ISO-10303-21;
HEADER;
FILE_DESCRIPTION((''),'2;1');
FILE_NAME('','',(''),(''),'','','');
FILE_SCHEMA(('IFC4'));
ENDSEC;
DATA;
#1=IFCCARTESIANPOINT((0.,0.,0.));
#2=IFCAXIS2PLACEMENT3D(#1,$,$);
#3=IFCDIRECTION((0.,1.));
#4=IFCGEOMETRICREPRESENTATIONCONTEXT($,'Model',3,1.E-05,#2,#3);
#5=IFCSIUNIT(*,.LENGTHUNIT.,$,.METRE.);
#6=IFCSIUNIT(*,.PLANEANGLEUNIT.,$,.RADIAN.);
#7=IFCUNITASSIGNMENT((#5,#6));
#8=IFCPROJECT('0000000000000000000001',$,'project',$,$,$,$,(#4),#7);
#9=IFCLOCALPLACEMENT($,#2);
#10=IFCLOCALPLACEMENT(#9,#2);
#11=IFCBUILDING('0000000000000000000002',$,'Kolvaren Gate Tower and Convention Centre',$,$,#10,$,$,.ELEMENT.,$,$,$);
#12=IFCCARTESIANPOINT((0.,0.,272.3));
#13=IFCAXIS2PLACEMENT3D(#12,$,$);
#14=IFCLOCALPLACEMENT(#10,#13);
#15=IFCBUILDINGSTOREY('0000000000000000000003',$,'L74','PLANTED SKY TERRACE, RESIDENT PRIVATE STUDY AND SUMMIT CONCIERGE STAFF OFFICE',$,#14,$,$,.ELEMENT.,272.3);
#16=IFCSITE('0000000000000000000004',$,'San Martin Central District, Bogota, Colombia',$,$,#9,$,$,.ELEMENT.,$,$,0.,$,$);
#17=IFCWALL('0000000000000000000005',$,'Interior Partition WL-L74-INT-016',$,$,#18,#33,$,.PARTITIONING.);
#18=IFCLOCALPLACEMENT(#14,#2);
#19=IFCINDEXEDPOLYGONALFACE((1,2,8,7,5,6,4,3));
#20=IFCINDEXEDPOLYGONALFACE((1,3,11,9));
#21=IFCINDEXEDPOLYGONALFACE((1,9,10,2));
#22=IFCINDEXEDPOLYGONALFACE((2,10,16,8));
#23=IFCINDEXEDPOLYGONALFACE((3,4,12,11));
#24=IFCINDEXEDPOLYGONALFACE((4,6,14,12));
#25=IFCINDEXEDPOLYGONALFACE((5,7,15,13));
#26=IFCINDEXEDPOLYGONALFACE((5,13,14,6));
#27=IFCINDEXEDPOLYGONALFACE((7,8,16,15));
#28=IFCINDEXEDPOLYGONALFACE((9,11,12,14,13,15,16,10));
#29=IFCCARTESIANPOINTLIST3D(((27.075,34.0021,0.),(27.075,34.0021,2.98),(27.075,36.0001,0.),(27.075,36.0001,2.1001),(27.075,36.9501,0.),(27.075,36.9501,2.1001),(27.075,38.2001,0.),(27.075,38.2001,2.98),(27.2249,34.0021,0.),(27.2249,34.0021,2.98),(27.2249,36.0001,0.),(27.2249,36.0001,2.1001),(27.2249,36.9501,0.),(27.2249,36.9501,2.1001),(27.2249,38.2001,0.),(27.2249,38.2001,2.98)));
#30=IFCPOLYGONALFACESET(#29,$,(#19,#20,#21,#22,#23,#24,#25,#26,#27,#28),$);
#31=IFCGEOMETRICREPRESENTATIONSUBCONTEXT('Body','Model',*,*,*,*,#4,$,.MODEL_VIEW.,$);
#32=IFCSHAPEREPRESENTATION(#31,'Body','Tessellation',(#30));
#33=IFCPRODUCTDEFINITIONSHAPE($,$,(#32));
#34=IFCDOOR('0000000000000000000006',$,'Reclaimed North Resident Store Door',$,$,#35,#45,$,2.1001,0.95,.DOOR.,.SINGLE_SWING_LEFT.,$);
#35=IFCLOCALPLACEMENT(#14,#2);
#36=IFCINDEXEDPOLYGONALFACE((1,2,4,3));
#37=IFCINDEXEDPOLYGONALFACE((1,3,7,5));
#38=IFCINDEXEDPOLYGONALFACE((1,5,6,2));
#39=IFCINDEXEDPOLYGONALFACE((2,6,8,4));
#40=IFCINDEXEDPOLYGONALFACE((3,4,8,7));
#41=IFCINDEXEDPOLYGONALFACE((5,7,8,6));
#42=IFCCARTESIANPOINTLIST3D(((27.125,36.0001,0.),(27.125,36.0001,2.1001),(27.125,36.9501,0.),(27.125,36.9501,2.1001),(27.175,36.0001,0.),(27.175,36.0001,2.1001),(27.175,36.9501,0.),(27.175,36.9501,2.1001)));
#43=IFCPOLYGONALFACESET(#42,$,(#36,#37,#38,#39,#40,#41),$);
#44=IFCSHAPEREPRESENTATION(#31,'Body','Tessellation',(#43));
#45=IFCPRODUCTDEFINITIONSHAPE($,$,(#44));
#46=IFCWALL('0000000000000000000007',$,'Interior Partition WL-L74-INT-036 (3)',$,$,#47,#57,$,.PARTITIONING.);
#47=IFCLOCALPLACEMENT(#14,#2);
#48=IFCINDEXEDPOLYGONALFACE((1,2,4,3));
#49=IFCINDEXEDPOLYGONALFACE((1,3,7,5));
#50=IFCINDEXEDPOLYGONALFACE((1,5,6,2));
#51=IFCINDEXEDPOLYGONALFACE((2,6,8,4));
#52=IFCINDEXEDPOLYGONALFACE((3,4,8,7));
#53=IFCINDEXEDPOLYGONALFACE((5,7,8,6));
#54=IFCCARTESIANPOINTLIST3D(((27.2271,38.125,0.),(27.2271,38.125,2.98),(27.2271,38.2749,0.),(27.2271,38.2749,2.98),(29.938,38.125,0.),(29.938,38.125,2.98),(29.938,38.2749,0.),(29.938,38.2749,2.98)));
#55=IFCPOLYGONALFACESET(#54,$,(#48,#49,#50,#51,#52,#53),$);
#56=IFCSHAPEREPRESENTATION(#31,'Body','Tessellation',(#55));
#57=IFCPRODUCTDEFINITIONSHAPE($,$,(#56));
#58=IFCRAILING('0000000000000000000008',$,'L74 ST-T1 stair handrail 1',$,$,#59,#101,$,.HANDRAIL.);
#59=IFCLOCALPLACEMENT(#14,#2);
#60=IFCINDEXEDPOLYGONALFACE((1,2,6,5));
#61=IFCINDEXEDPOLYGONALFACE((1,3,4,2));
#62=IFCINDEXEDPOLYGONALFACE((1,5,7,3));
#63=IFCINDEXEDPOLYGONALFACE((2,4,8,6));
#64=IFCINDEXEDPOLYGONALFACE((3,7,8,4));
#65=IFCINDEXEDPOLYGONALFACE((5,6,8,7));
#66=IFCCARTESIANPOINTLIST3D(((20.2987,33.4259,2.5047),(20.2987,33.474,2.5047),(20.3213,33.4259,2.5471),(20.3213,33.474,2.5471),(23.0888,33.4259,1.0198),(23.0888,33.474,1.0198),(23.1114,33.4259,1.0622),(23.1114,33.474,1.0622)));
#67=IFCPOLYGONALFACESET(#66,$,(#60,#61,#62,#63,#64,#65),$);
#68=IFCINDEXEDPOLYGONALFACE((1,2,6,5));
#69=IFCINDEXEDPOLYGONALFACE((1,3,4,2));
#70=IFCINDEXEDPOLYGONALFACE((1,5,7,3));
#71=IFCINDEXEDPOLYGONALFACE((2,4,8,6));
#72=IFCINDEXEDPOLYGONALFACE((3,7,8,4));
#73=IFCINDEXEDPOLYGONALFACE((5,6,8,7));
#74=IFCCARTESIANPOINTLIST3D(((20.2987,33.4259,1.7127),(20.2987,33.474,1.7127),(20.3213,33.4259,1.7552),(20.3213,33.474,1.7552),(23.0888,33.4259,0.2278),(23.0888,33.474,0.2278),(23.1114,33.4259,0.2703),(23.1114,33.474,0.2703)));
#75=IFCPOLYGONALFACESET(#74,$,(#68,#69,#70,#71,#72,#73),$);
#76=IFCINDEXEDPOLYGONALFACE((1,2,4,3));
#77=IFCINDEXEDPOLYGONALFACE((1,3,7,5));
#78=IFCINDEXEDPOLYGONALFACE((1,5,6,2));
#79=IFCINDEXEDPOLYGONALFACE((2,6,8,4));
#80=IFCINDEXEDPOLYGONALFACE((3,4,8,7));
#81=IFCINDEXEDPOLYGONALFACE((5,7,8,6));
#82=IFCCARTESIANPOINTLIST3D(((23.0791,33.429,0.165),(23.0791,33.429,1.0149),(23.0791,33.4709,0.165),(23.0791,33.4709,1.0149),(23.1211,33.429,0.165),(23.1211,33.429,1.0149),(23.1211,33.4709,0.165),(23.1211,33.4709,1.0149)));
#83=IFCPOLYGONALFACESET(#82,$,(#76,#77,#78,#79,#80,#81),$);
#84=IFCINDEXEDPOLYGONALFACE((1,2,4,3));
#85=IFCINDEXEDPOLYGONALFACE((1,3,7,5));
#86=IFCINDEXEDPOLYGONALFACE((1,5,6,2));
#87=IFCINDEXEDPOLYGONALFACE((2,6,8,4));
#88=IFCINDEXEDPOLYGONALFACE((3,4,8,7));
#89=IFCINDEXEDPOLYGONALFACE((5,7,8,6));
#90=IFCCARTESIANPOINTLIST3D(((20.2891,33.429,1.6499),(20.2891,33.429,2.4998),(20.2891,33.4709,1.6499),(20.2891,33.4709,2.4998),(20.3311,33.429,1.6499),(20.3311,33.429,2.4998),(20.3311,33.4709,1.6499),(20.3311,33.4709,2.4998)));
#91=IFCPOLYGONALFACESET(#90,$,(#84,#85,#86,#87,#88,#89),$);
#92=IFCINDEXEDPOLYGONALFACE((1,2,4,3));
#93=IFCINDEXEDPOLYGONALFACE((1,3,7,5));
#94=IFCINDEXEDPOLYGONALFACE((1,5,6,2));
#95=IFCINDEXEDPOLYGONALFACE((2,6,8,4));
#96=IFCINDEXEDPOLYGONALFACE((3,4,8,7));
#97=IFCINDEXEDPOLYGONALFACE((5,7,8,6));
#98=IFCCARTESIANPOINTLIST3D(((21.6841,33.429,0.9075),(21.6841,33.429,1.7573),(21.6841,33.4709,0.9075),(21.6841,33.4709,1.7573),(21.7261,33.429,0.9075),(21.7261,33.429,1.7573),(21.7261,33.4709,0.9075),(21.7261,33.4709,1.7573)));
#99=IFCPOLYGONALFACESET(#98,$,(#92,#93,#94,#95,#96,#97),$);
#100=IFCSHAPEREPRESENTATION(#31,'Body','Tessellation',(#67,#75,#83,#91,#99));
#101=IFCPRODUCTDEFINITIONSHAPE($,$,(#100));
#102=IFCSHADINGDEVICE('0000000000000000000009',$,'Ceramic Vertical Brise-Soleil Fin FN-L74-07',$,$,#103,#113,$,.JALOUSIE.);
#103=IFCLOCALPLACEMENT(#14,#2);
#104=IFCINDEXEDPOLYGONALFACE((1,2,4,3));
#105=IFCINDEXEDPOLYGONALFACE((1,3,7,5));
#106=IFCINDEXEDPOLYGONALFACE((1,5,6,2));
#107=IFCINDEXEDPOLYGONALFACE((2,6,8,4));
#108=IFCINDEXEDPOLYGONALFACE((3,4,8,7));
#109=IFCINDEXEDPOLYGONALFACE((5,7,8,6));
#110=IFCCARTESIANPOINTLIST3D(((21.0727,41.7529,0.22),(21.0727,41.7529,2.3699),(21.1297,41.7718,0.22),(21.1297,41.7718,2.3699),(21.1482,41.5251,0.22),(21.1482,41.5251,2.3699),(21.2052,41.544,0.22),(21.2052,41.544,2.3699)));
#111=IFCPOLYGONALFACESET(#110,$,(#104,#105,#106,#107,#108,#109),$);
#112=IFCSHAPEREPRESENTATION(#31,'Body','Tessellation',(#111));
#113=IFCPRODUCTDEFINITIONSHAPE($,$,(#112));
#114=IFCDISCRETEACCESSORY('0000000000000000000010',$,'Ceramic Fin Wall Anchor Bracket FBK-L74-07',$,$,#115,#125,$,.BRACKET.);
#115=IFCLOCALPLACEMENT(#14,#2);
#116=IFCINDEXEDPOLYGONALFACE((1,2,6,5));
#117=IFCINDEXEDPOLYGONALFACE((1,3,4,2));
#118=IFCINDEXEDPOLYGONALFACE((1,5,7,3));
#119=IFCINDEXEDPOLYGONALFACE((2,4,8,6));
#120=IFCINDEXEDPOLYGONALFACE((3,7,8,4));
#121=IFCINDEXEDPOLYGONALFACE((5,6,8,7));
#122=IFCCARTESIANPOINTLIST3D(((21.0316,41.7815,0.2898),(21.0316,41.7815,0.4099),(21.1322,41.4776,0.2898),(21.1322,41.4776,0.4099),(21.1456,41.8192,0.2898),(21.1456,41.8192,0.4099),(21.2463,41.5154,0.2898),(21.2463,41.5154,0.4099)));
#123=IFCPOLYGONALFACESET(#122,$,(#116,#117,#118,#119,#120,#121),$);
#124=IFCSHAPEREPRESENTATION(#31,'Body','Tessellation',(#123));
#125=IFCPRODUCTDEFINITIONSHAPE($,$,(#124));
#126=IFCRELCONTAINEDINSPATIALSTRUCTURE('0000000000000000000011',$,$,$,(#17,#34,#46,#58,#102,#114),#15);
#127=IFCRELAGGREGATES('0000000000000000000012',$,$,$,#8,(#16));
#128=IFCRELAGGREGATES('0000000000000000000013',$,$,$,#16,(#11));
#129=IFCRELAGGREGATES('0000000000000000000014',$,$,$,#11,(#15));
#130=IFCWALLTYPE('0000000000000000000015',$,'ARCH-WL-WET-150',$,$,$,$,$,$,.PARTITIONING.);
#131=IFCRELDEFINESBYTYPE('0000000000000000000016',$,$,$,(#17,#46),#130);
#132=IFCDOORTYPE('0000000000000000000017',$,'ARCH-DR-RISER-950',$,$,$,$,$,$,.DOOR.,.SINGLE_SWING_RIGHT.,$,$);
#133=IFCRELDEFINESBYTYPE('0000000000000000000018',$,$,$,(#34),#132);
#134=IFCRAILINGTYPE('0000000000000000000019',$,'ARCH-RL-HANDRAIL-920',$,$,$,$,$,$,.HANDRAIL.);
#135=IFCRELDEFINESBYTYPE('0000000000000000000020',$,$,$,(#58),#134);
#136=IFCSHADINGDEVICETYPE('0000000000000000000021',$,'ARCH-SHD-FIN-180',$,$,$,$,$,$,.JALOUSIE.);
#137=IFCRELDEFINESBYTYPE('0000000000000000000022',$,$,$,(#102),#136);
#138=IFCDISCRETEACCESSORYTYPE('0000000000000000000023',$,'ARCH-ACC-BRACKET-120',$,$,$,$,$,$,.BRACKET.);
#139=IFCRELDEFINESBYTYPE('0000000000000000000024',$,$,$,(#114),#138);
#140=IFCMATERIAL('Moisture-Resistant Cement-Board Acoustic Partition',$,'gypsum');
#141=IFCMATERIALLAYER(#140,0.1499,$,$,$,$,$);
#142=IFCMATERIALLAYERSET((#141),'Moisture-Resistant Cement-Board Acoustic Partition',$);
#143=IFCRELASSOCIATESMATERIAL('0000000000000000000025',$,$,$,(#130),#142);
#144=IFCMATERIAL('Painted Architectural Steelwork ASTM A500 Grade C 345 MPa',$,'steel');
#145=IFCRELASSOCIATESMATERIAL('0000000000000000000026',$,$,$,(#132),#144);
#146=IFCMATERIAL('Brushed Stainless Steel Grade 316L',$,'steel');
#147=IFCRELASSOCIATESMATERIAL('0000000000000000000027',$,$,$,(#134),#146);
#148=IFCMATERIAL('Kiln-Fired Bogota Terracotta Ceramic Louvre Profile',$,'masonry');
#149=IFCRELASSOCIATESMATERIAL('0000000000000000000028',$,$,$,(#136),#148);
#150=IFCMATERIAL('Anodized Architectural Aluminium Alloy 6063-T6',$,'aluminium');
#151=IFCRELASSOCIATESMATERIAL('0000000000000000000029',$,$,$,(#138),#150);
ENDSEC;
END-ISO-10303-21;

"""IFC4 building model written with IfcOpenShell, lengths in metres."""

from ifc_helpers import new_model, si_unit, direction, frame, frame_2d, origin, origin_2d, place, context, subcontext, project, spatial, rectangle, extrude, material, layer, layer_set, type_object, element, fill, save


model = new_model("IFC4")

# Units and contexts
model_context = context("Model", 3, precision=1e-05, world=origin(), true_north=direction((0.0, 1.0)))
body_context = subcontext(model_context, "Body", "Model", "MODEL_VIEW")
ifc_project = project(units=[si_unit("LENGTHUNIT", "METRE"), si_unit("PLANEANGLEUNIT", "RADIAN")], contexts=[model_context])

# Site, building, storey
site_placement = place(None, origin())
site = spatial("IfcSite", under=ifc_project, at=site_placement, Name="San Martin Central District, Bogota, Colombia", CompositionType="ELEMENT", RefElevation=0.0)
building_placement = place(site_placement, origin())
building = spatial("IfcBuilding", under=site, at=building_placement, Name="Kolvaren Gate Tower and Convention Centre", CompositionType="ELEMENT")
storey_placement = place(building_placement, frame((0.0, 0.0, 272.3)))
storey = spatial("IfcBuildingStorey", under=building, at=storey_placement, Name="L74", Description="PLANTED SKY TERRACE, RESIDENT PRIVATE STUDY AND SUMMIT CONCIERGE STAFF OFFICE", CompositionType="ELEMENT", Elevation=272.3)

# Wall, opening, door
ifc_material_1 = material(Name="Moisture-Resistant Cement-Board Acoustic Partition", Category="gypsum")
ifc_layer_1 = layer(ifc_material_1, 0.1499)
ifc_layer_set_1 = layer_set([ifc_layer_1], Name="Moisture-Resistant Cement-Board Acoustic Partition")
wall_type_1 = type_object("IfcWallType", Name="ARCH-WL-WET-150", PredefinedType="PARTITIONING", material=ifc_layer_set_1)
wall_1_placement = place(storey_placement, frame((27.1499, 34.002, 0.0), z_axis=(0.0, 0.0, 1.0), x_axis=(0.0, 1.0, 0.0)))
wall_1 = element("IfcWall", 1, at=wall_1_placement, inside=storey, type_object=wall_type_1, Name="Interior Partition WL-L74-INT-016", PredefinedType="PARTITIONING", context=body_context, shape_type="SweptSolid", body=[
    extrude(rectangle(XDim=4.198, YDim=0.1499, at=frame_2d((2.0991, 0.0))), origin(), (0.0, 0.0, 1.0), 2.98),
])
opening_1_placement = place(wall_1_placement, frame((1.998, 0.0, 0.0)))
opening_1 = element("IfcOpeningElement", 2, at=opening_1_placement, cuts=wall_1, PredefinedType="OPENING", context=body_context, shape_type="SweptSolid", body=[
    extrude(rectangle(XDim=0.95, YDim=2.1001, at=frame_2d((0.4751, 1.05))), frame((0.0, 0.085, 0.0), z_axis=(0.0, -1.0, 0.0), x_axis=(1.0, 0.0, 0.0)), (0.0, 0.0, 1.0), 0.1699),
])
ifc_material_2 = material(Name="Painted Architectural Steelwork ASTM A500 Grade C 345 MPa", Category="steel")
door_type_1 = type_object("IfcDoorType", Name="ARCH-DR-RISER-950", OperationType="SINGLE_SWING_RIGHT", PredefinedType="DOOR", material=ifc_material_2)
door_1_placement = place(opening_1_placement, origin())
door_1 = element("IfcDoor", 3, at=door_1_placement, inside=storey, type_object=door_type_1, Name="Reclaimed North Resident Store Door", OperationType="SINGLE_SWING_LEFT", OverallHeight=2.1001, OverallWidth=0.95, PredefinedType="DOOR", context=body_context, shape_type="SweptSolid", body=[
    extrude(rectangle(XDim=0.95, YDim=2.1001, at=frame_2d((0.4751, 1.05))), frame((0.0, 0.0249, 0.0), z_axis=(0.0, -1.0, 0.0), x_axis=(1.0, 0.0, 0.0)), (0.0, 0.0, 1.0), 0.05),
])
fill(opening_1, door_1)

# Wall
wall_2_placement = place(storey_placement, frame((27.2271, 38.2, 0.0), z_axis=(0.0, 0.0, 1.0), x_axis=(1.0, 0.0, 0.0)))
element("IfcWall", 4, at=wall_2_placement, inside=storey, type_object=wall_type_1, Name="Interior Partition WL-L74-INT-036 (3)", PredefinedType="PARTITIONING", context=body_context, shape_type="SweptSolid", body=[
    extrude(rectangle(XDim=2.7109, YDim=0.1499, at=frame_2d((1.3555, 0.0))), origin(), (0.0, 0.0, 1.0), 2.98),
])

# Railing
ifc_material_3 = material(Name="Brushed Stainless Steel Grade 316L", Category="steel")
railing_type_1 = type_object("IfcRailingType", Name="ARCH-RL-HANDRAIL-920", PredefinedType="HANDRAIL", material=ifc_material_3)
railing_1_placement = place(storey_placement, frame((23.1001, 33.45, 0.165)))
element("IfcRailing", 5, at=railing_1_placement, inside=storey, type_object=railing_type_1, Name="L74 ST-T1 stair handrail 1", PredefinedType="HANDRAIL", context=body_context, shape_type="SweptSolid", body=[
    extrude(rectangle(XDim=0.0481, YDim=0.0481, at=origin_2d()), frame((0.0, 0.0, 0.876), z_axis=(-0.882767, 0.0, 0.46981), x_axis=(0.0, -1.0, 0.0)), (0.0, 0.0, 1.0), 3.1606),
    extrude(rectangle(XDim=0.0481, YDim=0.0481, at=origin_2d()), frame((0.0, 0.0, 0.084), z_axis=(-0.882767, 0.0, 0.46981), x_axis=(0.0, -1.0, 0.0)), (0.0, 0.0, 1.0), 3.1606),
    extrude(rectangle(XDim=0.042, YDim=0.042, at=origin_2d()), origin(), (0.0, 0.0, 1.0), 0.8499),
    extrude(rectangle(XDim=0.042, YDim=0.042, at=origin_2d()), frame((-2.79, 0.0, 1.4849)), (0.0, 0.0, 1.0), 0.8499),
    extrude(rectangle(XDim=0.042, YDim=0.042, at=origin_2d()), frame((-1.395, 0.0, 0.7424)), (0.0, 0.0, 1.0), 0.8499),
])

# Shading device
ifc_material_4 = material(Name="Kiln-Fired Bogota Terracotta Ceramic Louvre Profile", Category="masonry")
shading_device_type = type_object("IfcShadingDeviceType", Name="ARCH-SHD-FIN-180", PredefinedType="JALOUSIE", material=ifc_material_4)
shading_device_placement = place(storey_placement, frame((21.1389, 41.6484, 0.22), z_axis=(0.0, 0.0, 1.0), x_axis=(0.949243, 0.314543, 0.0)))
element("IfcShadingDevice", 6, at=shading_device_placement, inside=storey, type_object=shading_device_type, Name="Ceramic Vertical Brise-Soleil Fin FN-L74-07", PredefinedType="JALOUSIE", context=body_context, shape_type="SweptSolid", body=[
    extrude(rectangle(XDim=0.0601, YDim=0.24, at=origin_2d()), origin(), (0.0, 0.0, 1.0), 2.1499),
])

# Discrete accessory
ifc_material_5 = material(Name="Anodized Architectural Aluminium Alloy 6063-T6", Category="aluminium")
discrete_accessory_type = type_object("IfcDiscreteAccessoryType", Name="ARCH-ACC-BRACKET-120", PredefinedType="BRACKET", material=ifc_material_5)
discrete_accessory_placement = place(storey_placement, frame((21.1389, 41.6484, 0.2898), z_axis=(0.0, 0.0, 1.0), x_axis=(0.949243, 0.314543, 0.0)))
element("IfcDiscreteAccessory", 7, at=discrete_accessory_placement, inside=storey, type_object=discrete_accessory_type, Name="Ceramic Fin Wall Anchor Bracket FBK-L74-07", PredefinedType="BRACKET", context=body_context, shape_type="SweptSolid", body=[
    extrude(rectangle(XDim=0.1201, YDim=0.3201, at=origin_2d()), origin(), (0.0, 0.0, 1.0), 0.1201),
])

save(model, "model.ifc")
